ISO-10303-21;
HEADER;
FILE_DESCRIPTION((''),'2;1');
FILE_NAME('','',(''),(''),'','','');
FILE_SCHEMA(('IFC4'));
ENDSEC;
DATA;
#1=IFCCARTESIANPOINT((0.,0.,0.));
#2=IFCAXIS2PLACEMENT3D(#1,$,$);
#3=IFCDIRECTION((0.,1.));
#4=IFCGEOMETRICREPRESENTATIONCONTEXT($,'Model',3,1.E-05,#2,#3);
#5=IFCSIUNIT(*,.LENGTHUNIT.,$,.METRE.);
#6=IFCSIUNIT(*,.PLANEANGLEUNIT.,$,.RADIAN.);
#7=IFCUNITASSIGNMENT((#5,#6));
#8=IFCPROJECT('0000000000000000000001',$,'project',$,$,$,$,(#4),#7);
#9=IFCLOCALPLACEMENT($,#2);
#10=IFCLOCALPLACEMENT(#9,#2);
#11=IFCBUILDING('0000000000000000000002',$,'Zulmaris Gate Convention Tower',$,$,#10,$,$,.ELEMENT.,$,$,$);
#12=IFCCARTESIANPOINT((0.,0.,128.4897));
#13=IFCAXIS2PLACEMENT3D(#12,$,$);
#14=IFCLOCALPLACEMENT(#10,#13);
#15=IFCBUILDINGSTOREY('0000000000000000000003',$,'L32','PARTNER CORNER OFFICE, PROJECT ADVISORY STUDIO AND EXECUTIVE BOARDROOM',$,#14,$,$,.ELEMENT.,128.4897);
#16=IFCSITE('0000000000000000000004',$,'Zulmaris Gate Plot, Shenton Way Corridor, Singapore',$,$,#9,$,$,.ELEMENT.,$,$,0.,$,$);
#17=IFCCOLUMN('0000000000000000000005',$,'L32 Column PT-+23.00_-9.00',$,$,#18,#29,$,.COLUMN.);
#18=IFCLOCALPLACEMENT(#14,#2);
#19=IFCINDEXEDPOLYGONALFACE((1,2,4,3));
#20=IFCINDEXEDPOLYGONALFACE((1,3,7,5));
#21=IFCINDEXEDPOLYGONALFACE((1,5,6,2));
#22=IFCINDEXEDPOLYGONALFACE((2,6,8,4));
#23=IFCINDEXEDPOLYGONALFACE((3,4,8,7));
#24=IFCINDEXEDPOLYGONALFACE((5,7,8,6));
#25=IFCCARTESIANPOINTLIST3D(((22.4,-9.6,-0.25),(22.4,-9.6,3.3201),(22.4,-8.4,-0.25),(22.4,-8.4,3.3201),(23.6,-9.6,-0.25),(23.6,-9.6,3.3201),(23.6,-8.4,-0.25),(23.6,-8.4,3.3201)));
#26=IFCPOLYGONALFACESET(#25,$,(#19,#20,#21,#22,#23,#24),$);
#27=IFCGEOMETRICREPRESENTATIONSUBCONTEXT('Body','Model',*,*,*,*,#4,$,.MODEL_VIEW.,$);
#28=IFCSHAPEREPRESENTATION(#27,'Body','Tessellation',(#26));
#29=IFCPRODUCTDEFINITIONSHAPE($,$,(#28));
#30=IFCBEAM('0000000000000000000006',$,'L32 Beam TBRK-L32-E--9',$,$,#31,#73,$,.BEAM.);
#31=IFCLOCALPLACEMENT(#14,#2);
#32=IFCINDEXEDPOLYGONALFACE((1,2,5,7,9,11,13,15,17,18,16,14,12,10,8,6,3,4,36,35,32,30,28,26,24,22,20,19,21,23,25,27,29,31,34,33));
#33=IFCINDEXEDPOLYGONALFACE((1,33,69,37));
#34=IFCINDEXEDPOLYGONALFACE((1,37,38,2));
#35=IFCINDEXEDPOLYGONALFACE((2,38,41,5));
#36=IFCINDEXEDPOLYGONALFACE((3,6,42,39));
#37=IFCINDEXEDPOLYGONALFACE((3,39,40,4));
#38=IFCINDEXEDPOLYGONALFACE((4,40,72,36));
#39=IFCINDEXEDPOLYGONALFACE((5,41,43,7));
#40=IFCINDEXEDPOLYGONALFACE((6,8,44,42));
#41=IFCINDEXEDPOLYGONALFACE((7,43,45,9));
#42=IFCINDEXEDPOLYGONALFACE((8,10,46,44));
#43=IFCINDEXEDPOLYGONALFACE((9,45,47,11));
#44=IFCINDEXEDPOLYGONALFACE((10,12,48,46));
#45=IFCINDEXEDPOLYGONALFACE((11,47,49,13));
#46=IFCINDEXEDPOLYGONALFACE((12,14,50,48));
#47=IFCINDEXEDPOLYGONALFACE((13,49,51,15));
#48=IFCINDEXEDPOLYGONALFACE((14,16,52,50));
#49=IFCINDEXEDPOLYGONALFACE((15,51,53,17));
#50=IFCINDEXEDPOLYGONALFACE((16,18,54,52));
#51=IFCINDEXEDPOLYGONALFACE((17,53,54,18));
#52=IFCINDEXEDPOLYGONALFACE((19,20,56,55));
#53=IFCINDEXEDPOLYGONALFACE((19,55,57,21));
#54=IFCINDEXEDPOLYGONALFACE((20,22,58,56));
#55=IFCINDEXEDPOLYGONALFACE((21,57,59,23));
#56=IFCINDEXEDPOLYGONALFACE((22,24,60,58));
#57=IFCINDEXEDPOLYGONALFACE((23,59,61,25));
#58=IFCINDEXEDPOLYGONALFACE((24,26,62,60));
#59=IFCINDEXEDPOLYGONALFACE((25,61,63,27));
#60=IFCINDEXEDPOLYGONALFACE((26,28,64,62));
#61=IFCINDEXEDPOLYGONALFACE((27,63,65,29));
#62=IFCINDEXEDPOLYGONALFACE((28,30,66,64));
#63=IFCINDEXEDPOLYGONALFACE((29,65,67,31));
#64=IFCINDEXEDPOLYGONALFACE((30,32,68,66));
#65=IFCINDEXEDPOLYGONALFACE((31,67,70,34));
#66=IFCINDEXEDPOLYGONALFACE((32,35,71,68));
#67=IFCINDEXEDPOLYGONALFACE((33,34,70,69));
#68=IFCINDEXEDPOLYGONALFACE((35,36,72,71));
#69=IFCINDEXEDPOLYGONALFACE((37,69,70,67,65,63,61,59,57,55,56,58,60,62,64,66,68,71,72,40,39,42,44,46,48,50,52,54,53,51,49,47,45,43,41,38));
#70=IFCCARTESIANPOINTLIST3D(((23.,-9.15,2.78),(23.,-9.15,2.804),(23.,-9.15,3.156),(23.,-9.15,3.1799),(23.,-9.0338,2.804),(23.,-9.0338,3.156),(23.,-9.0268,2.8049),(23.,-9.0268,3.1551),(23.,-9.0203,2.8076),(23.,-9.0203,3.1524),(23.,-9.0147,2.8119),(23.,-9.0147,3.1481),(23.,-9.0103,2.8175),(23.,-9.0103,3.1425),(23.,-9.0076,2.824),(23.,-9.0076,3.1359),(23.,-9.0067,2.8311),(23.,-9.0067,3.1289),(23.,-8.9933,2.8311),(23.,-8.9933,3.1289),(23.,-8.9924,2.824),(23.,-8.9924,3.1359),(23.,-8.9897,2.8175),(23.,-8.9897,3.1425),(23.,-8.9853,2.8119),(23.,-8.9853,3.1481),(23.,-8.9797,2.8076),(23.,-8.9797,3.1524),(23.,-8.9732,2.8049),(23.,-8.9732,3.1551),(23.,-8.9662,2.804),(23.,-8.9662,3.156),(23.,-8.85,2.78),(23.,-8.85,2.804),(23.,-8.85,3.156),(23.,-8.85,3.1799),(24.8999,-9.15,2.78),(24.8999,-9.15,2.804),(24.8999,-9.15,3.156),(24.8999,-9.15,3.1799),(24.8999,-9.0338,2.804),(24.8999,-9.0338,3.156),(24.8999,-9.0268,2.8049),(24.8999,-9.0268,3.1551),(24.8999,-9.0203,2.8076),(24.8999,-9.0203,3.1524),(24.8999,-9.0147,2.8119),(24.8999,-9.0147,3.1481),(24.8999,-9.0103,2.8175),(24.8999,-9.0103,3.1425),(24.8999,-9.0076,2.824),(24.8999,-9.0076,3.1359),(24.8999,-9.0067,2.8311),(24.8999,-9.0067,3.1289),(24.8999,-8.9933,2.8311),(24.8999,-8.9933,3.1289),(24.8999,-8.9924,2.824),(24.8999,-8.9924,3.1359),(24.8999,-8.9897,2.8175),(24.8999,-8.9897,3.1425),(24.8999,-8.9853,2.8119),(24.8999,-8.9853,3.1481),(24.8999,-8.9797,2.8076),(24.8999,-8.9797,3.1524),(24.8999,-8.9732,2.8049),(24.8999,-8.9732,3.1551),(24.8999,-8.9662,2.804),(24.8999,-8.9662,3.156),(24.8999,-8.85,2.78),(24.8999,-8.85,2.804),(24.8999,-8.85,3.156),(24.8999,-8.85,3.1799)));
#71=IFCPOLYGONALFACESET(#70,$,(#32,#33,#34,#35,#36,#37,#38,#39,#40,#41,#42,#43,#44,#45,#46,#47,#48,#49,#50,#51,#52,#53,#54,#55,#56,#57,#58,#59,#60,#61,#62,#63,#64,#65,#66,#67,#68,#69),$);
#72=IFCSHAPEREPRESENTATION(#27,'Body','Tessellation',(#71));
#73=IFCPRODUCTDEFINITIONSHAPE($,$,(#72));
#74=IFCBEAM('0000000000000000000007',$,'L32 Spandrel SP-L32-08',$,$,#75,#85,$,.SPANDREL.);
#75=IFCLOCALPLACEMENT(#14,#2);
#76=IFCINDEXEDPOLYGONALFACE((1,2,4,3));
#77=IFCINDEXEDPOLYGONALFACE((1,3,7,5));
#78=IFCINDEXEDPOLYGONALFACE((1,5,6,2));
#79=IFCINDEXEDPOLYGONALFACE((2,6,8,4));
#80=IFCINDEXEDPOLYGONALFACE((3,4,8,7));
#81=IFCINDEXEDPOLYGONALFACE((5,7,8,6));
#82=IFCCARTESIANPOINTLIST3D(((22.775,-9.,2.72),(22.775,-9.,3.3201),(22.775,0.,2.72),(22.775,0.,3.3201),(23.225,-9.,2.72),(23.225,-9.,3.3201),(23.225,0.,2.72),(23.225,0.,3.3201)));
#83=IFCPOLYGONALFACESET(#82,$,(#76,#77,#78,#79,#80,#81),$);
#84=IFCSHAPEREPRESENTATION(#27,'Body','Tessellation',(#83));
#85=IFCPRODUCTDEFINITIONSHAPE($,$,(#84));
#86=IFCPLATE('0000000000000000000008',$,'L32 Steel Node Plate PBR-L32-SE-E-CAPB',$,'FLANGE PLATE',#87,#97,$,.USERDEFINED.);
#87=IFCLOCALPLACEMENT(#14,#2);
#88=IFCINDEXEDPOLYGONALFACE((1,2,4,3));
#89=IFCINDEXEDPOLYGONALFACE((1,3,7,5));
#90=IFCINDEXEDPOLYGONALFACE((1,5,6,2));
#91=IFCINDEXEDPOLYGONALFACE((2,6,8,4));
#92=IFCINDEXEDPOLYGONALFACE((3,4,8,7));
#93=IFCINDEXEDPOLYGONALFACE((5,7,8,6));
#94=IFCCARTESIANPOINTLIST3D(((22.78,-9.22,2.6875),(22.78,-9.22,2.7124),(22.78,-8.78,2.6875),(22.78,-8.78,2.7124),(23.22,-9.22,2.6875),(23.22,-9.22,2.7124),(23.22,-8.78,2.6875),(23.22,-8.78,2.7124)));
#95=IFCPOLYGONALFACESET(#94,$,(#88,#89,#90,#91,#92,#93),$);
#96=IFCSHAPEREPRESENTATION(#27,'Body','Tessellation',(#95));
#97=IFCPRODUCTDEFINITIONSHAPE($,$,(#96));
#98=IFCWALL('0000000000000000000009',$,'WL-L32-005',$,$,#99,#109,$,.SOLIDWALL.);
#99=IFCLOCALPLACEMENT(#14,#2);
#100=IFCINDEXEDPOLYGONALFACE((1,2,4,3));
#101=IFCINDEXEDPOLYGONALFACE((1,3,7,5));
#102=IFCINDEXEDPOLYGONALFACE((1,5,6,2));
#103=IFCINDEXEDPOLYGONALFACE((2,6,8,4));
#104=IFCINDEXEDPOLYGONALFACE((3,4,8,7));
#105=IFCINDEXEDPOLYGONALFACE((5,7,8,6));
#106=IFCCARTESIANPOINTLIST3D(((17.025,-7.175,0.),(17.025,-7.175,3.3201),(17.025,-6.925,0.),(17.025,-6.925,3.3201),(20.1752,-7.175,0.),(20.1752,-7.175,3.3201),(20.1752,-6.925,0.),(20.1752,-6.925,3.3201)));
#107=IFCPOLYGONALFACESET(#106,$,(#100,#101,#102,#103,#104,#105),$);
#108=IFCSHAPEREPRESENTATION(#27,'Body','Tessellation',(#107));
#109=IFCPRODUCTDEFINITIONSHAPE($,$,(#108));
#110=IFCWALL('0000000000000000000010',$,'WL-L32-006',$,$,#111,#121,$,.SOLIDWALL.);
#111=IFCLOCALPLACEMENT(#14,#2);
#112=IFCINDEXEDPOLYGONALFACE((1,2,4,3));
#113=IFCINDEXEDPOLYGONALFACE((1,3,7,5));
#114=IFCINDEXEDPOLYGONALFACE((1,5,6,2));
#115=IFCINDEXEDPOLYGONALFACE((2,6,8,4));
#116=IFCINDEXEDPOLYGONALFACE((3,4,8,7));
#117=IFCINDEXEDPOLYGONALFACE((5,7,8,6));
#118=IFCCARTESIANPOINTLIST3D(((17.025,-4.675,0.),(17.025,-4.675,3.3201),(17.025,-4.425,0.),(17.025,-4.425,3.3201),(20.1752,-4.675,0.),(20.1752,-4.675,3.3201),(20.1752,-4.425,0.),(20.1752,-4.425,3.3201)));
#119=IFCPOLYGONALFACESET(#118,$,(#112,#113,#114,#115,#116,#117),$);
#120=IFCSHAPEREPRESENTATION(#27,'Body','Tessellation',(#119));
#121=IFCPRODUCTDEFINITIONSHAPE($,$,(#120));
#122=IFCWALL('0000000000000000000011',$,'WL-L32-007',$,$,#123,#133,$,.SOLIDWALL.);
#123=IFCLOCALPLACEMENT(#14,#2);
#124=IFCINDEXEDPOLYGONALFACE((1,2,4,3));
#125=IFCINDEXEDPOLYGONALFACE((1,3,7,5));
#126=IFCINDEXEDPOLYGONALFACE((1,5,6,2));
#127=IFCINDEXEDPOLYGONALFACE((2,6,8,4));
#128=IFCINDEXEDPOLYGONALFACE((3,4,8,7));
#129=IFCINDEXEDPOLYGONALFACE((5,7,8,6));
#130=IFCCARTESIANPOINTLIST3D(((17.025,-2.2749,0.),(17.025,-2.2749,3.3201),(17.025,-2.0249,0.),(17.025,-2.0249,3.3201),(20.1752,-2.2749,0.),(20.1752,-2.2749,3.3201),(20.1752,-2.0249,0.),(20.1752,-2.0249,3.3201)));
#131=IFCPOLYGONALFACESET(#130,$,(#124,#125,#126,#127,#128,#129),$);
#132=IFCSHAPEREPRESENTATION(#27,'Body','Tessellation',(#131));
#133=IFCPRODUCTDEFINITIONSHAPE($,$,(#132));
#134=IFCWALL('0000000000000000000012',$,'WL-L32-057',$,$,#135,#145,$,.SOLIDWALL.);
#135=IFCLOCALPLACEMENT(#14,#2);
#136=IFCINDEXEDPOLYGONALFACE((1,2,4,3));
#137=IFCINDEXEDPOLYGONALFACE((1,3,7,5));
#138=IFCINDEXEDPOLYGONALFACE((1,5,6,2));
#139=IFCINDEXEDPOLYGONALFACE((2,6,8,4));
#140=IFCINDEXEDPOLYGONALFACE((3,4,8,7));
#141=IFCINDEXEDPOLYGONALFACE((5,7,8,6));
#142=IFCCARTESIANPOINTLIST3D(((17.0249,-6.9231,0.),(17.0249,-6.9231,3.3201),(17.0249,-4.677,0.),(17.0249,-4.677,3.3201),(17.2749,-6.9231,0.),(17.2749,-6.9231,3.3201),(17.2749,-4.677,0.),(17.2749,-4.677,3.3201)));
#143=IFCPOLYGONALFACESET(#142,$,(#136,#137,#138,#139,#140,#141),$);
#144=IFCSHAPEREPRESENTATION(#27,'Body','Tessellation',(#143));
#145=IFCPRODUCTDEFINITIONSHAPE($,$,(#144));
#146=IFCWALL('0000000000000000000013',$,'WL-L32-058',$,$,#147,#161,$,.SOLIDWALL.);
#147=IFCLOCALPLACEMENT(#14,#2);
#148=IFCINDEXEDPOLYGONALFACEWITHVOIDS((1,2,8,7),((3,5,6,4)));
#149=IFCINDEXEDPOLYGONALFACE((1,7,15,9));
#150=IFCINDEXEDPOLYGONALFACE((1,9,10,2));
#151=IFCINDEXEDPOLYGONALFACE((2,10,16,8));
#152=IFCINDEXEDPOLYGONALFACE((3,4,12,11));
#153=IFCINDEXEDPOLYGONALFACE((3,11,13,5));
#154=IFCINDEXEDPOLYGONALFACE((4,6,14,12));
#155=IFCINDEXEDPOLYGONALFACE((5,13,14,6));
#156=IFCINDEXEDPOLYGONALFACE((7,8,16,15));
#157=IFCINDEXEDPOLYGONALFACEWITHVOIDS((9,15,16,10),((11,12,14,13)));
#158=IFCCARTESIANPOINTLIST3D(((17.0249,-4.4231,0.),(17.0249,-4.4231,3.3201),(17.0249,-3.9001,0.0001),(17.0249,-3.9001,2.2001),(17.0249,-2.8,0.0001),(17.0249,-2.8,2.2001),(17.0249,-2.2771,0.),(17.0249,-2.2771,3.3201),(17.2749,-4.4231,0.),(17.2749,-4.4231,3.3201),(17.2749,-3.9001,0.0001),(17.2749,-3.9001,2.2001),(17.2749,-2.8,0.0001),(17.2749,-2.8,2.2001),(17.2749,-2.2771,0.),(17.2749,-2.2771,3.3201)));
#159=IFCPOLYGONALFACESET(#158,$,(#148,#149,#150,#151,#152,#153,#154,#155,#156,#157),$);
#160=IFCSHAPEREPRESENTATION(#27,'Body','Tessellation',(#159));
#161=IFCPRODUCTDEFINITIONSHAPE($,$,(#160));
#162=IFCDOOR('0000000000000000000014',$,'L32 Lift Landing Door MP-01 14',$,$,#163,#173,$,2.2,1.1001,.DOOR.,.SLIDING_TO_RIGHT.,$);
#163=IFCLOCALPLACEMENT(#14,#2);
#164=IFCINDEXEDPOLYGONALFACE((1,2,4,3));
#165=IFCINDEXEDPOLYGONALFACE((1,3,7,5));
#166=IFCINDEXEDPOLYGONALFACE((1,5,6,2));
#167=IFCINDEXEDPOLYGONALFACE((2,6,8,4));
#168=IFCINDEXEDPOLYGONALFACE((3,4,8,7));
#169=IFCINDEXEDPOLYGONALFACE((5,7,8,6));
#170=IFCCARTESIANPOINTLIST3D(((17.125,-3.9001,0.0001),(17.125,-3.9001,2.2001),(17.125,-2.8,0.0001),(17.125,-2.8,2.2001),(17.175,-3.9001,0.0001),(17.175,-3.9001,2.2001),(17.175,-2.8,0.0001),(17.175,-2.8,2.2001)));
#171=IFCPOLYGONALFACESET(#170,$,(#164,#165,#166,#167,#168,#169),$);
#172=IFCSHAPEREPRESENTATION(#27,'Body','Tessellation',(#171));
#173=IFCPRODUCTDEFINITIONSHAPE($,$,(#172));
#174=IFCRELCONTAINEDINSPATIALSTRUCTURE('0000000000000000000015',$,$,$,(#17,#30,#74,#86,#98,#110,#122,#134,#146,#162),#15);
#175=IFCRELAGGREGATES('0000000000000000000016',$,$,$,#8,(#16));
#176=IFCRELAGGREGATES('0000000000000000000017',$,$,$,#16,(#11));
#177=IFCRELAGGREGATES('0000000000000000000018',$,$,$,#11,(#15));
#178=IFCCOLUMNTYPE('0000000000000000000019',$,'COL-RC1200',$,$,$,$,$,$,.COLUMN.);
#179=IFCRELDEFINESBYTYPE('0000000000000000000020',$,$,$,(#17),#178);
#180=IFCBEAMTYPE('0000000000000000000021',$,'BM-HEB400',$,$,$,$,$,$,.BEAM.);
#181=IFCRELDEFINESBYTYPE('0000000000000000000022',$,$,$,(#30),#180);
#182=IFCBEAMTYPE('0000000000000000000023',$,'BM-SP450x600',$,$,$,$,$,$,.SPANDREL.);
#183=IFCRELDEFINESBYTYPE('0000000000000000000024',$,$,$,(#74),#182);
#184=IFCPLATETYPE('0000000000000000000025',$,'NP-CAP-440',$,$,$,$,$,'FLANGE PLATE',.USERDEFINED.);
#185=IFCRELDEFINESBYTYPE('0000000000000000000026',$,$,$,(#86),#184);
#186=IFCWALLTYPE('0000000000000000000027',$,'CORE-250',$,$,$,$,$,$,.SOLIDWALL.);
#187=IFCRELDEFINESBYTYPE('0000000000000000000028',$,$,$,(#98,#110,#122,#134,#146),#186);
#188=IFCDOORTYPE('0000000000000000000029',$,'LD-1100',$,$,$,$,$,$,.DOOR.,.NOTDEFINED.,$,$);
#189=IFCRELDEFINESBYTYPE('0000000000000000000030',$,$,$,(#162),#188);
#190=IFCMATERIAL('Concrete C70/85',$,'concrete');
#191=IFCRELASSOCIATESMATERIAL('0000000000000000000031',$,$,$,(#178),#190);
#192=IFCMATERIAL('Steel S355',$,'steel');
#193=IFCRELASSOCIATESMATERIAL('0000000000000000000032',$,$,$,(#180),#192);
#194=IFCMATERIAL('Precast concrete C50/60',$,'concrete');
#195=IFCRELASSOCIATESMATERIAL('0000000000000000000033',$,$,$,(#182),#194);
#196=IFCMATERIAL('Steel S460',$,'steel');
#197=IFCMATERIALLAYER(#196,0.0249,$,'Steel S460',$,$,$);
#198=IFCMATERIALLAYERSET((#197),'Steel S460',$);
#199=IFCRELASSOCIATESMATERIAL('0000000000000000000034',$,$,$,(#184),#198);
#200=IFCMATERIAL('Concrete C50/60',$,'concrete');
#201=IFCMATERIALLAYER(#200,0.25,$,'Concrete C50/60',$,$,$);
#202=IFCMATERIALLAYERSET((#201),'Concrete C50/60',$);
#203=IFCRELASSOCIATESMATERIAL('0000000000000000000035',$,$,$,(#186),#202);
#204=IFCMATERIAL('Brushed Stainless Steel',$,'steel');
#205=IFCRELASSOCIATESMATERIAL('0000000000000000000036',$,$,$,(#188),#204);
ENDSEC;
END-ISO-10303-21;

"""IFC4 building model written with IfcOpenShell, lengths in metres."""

from ifc_helpers import new_model, si_unit, direction, frame, frame_2d, origin, origin_2d, place, context, subcontext, project, spatial, rectangle, i_section, extrude, material, layer, layer_set, material_profile, profile_set, type_object, element, fill, save


model = new_model("IFC4")

# Units and contexts
model_context = context("Model", 3, precision=1e-05, world=origin(), true_north=direction((0.0, 1.0)))
body_context = subcontext(model_context, "Body", "Model", "MODEL_VIEW")
ifc_project = project(units=[si_unit("LENGTHUNIT", "METRE"), si_unit("PLANEANGLEUNIT", "RADIAN")], contexts=[model_context])

# Site, building, storey
site_placement = place(None, origin())
site = spatial("IfcSite", under=ifc_project, at=site_placement, Name="Zulmaris Gate Plot, Shenton Way Corridor, Singapore", CompositionType="ELEMENT", RefElevation=0.0)
building_placement = place(site_placement, origin())
building = spatial("IfcBuilding", under=site, at=building_placement, Name="Zulmaris Gate Convention Tower", CompositionType="ELEMENT")
storey_placement = place(building_placement, frame((0.0, 0.0, 128.4897)))
storey = spatial("IfcBuildingStorey", under=building, at=storey_placement, Name="L32", Description="PARTNER CORNER OFFICE, PROJECT ADVISORY STUDIO AND EXECUTIVE BOARDROOM", CompositionType="ELEMENT", Elevation=128.4897)

# Column
ifc_material_1 = material(Name="Concrete C70/85", Category="concrete")
ifc_material_profile_1 = material_profile(ifc_material_1, rectangle(XDim=1.2, YDim=1.2, at=origin_2d()), Name="RC COL 1200x1200")
ifc_profile_set_1 = profile_set([ifc_material_profile_1], Name="Concrete C70/85")
column_type = type_object("IfcColumnType", Name="COL-RC1200", PredefinedType="COLUMN", material=ifc_profile_set_1)
column_placement = place(storey_placement, frame((23.0, -9.0, -0.25), z_axis=(0.0, 0.0, 1.0), x_axis=(1.0, 0.0, 0.0)))
element("IfcColumn", 1, at=column_placement, inside=storey, type_object=column_type, Name="L32 Column PT-+23.00_-9.00", PredefinedType="COLUMN", context=body_context, shape_type="SweptSolid", body=[
    extrude(rectangle(XDim=1.2, YDim=1.2, at=origin_2d()), origin(), (0.0, 0.0, 1.0), 3.5701),
])

# Beams
ifc_material_2 = material(Name="Steel S355", Category="steel")
ifc_material_profile_2 = material_profile(ifc_material_2, i_section(OverallWidth=0.3, OverallDepth=0.3999, WebThickness=0.0134, FlangeThickness=0.0239, FilletRadius=0.0271, at=origin_2d()), Name="HEB 400")
ifc_profile_set_2 = profile_set([ifc_material_profile_2], Name="Steel S355")
beam_type_1 = type_object("IfcBeamType", Name="BM-HEB400", PredefinedType="BEAM", material=ifc_profile_set_2)
beam_1_placement = place(storey_placement, frame((23.0, -9.0, 2.98), z_axis=(1.0, 0.0, 0.0), x_axis=(0.0, 1.0, 0.0)))
element("IfcBeam", 2, at=beam_1_placement, inside=storey, type_object=beam_type_1, Name="L32 Beam TBRK-L32-E--9", PredefinedType="BEAM", context=body_context, shape_type="SweptSolid", body=[
    extrude(i_section(OverallWidth=0.3, OverallDepth=0.3999, WebThickness=0.0134, FlangeThickness=0.0239, FilletRadius=0.0271, at=origin_2d()), origin(), (0.0, 0.0, 1.0), 1.8999),
])
ifc_material_3 = material(Name="Precast concrete C50/60", Category="concrete")
ifc_material_profile_3 = material_profile(ifc_material_3, rectangle(XDim=0.45, YDim=0.6001, at=origin_2d()), Name="RC SPANDREL 450x600")
ifc_profile_set_3 = profile_set([ifc_material_profile_3], Name="Precast concrete C50/60")
beam_type_2 = type_object("IfcBeamType", Name="BM-SP450x600", PredefinedType="SPANDREL", material=ifc_profile_set_3)
beam_2_placement = place(storey_placement, frame((23.0, -9.0, 3.02), z_axis=(0.0, 1.0, 0.0), x_axis=(-1.0, 0.0, 0.0)))
element("IfcBeam", 3, at=beam_2_placement, inside=storey, type_object=beam_type_2, Name="L32 Spandrel SP-L32-08", PredefinedType="SPANDREL", context=body_context, shape_type="SweptSolid", body=[
    extrude(rectangle(XDim=0.45, YDim=0.6001, at=origin_2d()), origin(), (0.0, 0.0, 1.0), 9.0),
])

# Plate
ifc_material_4 = material(Name="Steel S460", Category="steel")
ifc_layer_1 = layer(ifc_material_4, 0.0249, Name="Steel S460")
ifc_layer_set_1 = layer_set([ifc_layer_1], Name="Steel S460")
plate_type = type_object("IfcPlateType", Name="NP-CAP-440", ElementType="FLANGE PLATE", PredefinedType="USERDEFINED", material=ifc_layer_set_1)
plate_placement = place(storey_placement, frame((23.0, -9.0, 2.6875), z_axis=(0.0, 0.0, 1.0), x_axis=(1.0, 0.0, 0.0)))
element("IfcPlate", 4, at=plate_placement, inside=storey, type_object=plate_type, Name="L32 Steel Node Plate PBR-L32-SE-E-CAPB", ObjectType="FLANGE PLATE", PredefinedType="USERDEFINED", context=body_context, shape_type="SweptSolid", body=[
    extrude(rectangle(XDim=0.4399, YDim=0.4399, at=origin_2d()), origin(), (0.0, 0.0, 1.0), 0.0249),
])

# Walls
ifc_material_5 = material(Name="Concrete C50/60", Category="concrete")
ifc_layer_2 = layer(ifc_material_5, 0.25, Name="Concrete C50/60")
ifc_layer_set_2 = layer_set([ifc_layer_2], Name="Concrete C50/60")
wall_type_1 = type_object("IfcWallType", Name="CORE-250", PredefinedType="SOLIDWALL", material=ifc_layer_set_2)
for number, where, z_axis, x_axis, name in (
    (5, (17.0249, -7.05, 0.0), (0.0, 0.0, 1.0), (1.0, 0.0, 0.0), "WL-L32-005"),
    (6, (17.0249, -4.55, 0.0), (0.0, 0.0, 1.0), (1.0, 0.0, 0.0), "WL-L32-006"),
    (7, (17.0249, -2.1499, 0.0), (0.0, 0.0, 1.0), (1.0, 0.0, 0.0), "WL-L32-007"),
):
    element("IfcWall", number, at=place(storey_placement, frame(where, z_axis=z_axis, x_axis=x_axis)), inside=storey, type_object=wall_type_1, Name=name, PredefinedType="SOLIDWALL", context=body_context, shape_type="SweptSolid", body=[
        extrude(rectangle(XDim=3.1501, YDim=0.25, at=frame_2d((1.5752, 0.0))), origin(), (0.0, 0.0, 1.0), 3.3201),
    ])
wall_1_placement = place(storey_placement, frame((17.1499, -6.9231, 0.0), z_axis=(0.0, 0.0, 1.0), x_axis=(0.0, 1.0, 0.0)))
element("IfcWall", 8, at=wall_1_placement, inside=storey, type_object=wall_type_1, Name="WL-L32-057", PredefinedType="SOLIDWALL", context=body_context, shape_type="SweptSolid", body=[
    extrude(rectangle(XDim=2.2461, YDim=0.25, at=frame_2d((1.123, 0.0))), origin(), (0.0, 0.0, 1.0), 3.3201),
])

# Wall, opening, door
wall_2_placement = place(storey_placement, frame((17.1499, -4.4231, 0.0), z_axis=(0.0, 0.0, 1.0), x_axis=(0.0, 1.0, 0.0)))
wall_2 = element("IfcWall", 9, at=wall_2_placement, inside=storey, type_object=wall_type_1, Name="WL-L32-058", PredefinedType="SOLIDWALL", context=body_context, shape_type="SweptSolid", body=[
    extrude(rectangle(XDim=2.146, YDim=0.25, at=frame_2d((1.073, 0.0))), origin(), (0.0, 0.0, 1.0), 3.3201),
])
opening_1_placement = place(wall_2_placement, frame((0.5229, 0.0, 0.0)))
opening_1 = element("IfcOpeningElement", 10, at=opening_1_placement, cuts=wall_2, PredefinedType="OPENING", context=body_context, shape_type="SweptSolid", body=[
    extrude(rectangle(XDim=1.1001, YDim=2.2, at=frame_2d((0.55, 1.1001))), frame((0.0, 0.135, 0.0), z_axis=(0.0, -1.0, 0.0), x_axis=(1.0, 0.0, 0.0)), (0.0, 0.0, 1.0), 0.27),
])
ifc_material_6 = material(Name="Brushed Stainless Steel", Category="steel")
door_type = type_object("IfcDoorType", Name="LD-1100", OperationType="NOTDEFINED", PredefinedType="DOOR", material=ifc_material_6)
door_1_placement = place(opening_1_placement, origin())
door_1 = element("IfcDoor", 11, at=door_1_placement, inside=storey, type_object=door_type, Name="L32 Lift Landing Door MP-01 14", OperationType="SLIDING_TO_RIGHT", OverallHeight=2.2, OverallWidth=1.1001, PredefinedType="DOOR", context=body_context, shape_type="SweptSolid", body=[
    extrude(rectangle(XDim=1.1001, YDim=2.2, at=frame_2d((0.55, 1.1001))), frame((0.0, 0.0249, 0.0), z_axis=(0.0, -1.0, 0.0), x_axis=(1.0, 0.0, 0.0)), (0.0, 0.0, 1.0), 0.05),
])
fill(opening_1, door_1)

save(model, "model.ifc")
